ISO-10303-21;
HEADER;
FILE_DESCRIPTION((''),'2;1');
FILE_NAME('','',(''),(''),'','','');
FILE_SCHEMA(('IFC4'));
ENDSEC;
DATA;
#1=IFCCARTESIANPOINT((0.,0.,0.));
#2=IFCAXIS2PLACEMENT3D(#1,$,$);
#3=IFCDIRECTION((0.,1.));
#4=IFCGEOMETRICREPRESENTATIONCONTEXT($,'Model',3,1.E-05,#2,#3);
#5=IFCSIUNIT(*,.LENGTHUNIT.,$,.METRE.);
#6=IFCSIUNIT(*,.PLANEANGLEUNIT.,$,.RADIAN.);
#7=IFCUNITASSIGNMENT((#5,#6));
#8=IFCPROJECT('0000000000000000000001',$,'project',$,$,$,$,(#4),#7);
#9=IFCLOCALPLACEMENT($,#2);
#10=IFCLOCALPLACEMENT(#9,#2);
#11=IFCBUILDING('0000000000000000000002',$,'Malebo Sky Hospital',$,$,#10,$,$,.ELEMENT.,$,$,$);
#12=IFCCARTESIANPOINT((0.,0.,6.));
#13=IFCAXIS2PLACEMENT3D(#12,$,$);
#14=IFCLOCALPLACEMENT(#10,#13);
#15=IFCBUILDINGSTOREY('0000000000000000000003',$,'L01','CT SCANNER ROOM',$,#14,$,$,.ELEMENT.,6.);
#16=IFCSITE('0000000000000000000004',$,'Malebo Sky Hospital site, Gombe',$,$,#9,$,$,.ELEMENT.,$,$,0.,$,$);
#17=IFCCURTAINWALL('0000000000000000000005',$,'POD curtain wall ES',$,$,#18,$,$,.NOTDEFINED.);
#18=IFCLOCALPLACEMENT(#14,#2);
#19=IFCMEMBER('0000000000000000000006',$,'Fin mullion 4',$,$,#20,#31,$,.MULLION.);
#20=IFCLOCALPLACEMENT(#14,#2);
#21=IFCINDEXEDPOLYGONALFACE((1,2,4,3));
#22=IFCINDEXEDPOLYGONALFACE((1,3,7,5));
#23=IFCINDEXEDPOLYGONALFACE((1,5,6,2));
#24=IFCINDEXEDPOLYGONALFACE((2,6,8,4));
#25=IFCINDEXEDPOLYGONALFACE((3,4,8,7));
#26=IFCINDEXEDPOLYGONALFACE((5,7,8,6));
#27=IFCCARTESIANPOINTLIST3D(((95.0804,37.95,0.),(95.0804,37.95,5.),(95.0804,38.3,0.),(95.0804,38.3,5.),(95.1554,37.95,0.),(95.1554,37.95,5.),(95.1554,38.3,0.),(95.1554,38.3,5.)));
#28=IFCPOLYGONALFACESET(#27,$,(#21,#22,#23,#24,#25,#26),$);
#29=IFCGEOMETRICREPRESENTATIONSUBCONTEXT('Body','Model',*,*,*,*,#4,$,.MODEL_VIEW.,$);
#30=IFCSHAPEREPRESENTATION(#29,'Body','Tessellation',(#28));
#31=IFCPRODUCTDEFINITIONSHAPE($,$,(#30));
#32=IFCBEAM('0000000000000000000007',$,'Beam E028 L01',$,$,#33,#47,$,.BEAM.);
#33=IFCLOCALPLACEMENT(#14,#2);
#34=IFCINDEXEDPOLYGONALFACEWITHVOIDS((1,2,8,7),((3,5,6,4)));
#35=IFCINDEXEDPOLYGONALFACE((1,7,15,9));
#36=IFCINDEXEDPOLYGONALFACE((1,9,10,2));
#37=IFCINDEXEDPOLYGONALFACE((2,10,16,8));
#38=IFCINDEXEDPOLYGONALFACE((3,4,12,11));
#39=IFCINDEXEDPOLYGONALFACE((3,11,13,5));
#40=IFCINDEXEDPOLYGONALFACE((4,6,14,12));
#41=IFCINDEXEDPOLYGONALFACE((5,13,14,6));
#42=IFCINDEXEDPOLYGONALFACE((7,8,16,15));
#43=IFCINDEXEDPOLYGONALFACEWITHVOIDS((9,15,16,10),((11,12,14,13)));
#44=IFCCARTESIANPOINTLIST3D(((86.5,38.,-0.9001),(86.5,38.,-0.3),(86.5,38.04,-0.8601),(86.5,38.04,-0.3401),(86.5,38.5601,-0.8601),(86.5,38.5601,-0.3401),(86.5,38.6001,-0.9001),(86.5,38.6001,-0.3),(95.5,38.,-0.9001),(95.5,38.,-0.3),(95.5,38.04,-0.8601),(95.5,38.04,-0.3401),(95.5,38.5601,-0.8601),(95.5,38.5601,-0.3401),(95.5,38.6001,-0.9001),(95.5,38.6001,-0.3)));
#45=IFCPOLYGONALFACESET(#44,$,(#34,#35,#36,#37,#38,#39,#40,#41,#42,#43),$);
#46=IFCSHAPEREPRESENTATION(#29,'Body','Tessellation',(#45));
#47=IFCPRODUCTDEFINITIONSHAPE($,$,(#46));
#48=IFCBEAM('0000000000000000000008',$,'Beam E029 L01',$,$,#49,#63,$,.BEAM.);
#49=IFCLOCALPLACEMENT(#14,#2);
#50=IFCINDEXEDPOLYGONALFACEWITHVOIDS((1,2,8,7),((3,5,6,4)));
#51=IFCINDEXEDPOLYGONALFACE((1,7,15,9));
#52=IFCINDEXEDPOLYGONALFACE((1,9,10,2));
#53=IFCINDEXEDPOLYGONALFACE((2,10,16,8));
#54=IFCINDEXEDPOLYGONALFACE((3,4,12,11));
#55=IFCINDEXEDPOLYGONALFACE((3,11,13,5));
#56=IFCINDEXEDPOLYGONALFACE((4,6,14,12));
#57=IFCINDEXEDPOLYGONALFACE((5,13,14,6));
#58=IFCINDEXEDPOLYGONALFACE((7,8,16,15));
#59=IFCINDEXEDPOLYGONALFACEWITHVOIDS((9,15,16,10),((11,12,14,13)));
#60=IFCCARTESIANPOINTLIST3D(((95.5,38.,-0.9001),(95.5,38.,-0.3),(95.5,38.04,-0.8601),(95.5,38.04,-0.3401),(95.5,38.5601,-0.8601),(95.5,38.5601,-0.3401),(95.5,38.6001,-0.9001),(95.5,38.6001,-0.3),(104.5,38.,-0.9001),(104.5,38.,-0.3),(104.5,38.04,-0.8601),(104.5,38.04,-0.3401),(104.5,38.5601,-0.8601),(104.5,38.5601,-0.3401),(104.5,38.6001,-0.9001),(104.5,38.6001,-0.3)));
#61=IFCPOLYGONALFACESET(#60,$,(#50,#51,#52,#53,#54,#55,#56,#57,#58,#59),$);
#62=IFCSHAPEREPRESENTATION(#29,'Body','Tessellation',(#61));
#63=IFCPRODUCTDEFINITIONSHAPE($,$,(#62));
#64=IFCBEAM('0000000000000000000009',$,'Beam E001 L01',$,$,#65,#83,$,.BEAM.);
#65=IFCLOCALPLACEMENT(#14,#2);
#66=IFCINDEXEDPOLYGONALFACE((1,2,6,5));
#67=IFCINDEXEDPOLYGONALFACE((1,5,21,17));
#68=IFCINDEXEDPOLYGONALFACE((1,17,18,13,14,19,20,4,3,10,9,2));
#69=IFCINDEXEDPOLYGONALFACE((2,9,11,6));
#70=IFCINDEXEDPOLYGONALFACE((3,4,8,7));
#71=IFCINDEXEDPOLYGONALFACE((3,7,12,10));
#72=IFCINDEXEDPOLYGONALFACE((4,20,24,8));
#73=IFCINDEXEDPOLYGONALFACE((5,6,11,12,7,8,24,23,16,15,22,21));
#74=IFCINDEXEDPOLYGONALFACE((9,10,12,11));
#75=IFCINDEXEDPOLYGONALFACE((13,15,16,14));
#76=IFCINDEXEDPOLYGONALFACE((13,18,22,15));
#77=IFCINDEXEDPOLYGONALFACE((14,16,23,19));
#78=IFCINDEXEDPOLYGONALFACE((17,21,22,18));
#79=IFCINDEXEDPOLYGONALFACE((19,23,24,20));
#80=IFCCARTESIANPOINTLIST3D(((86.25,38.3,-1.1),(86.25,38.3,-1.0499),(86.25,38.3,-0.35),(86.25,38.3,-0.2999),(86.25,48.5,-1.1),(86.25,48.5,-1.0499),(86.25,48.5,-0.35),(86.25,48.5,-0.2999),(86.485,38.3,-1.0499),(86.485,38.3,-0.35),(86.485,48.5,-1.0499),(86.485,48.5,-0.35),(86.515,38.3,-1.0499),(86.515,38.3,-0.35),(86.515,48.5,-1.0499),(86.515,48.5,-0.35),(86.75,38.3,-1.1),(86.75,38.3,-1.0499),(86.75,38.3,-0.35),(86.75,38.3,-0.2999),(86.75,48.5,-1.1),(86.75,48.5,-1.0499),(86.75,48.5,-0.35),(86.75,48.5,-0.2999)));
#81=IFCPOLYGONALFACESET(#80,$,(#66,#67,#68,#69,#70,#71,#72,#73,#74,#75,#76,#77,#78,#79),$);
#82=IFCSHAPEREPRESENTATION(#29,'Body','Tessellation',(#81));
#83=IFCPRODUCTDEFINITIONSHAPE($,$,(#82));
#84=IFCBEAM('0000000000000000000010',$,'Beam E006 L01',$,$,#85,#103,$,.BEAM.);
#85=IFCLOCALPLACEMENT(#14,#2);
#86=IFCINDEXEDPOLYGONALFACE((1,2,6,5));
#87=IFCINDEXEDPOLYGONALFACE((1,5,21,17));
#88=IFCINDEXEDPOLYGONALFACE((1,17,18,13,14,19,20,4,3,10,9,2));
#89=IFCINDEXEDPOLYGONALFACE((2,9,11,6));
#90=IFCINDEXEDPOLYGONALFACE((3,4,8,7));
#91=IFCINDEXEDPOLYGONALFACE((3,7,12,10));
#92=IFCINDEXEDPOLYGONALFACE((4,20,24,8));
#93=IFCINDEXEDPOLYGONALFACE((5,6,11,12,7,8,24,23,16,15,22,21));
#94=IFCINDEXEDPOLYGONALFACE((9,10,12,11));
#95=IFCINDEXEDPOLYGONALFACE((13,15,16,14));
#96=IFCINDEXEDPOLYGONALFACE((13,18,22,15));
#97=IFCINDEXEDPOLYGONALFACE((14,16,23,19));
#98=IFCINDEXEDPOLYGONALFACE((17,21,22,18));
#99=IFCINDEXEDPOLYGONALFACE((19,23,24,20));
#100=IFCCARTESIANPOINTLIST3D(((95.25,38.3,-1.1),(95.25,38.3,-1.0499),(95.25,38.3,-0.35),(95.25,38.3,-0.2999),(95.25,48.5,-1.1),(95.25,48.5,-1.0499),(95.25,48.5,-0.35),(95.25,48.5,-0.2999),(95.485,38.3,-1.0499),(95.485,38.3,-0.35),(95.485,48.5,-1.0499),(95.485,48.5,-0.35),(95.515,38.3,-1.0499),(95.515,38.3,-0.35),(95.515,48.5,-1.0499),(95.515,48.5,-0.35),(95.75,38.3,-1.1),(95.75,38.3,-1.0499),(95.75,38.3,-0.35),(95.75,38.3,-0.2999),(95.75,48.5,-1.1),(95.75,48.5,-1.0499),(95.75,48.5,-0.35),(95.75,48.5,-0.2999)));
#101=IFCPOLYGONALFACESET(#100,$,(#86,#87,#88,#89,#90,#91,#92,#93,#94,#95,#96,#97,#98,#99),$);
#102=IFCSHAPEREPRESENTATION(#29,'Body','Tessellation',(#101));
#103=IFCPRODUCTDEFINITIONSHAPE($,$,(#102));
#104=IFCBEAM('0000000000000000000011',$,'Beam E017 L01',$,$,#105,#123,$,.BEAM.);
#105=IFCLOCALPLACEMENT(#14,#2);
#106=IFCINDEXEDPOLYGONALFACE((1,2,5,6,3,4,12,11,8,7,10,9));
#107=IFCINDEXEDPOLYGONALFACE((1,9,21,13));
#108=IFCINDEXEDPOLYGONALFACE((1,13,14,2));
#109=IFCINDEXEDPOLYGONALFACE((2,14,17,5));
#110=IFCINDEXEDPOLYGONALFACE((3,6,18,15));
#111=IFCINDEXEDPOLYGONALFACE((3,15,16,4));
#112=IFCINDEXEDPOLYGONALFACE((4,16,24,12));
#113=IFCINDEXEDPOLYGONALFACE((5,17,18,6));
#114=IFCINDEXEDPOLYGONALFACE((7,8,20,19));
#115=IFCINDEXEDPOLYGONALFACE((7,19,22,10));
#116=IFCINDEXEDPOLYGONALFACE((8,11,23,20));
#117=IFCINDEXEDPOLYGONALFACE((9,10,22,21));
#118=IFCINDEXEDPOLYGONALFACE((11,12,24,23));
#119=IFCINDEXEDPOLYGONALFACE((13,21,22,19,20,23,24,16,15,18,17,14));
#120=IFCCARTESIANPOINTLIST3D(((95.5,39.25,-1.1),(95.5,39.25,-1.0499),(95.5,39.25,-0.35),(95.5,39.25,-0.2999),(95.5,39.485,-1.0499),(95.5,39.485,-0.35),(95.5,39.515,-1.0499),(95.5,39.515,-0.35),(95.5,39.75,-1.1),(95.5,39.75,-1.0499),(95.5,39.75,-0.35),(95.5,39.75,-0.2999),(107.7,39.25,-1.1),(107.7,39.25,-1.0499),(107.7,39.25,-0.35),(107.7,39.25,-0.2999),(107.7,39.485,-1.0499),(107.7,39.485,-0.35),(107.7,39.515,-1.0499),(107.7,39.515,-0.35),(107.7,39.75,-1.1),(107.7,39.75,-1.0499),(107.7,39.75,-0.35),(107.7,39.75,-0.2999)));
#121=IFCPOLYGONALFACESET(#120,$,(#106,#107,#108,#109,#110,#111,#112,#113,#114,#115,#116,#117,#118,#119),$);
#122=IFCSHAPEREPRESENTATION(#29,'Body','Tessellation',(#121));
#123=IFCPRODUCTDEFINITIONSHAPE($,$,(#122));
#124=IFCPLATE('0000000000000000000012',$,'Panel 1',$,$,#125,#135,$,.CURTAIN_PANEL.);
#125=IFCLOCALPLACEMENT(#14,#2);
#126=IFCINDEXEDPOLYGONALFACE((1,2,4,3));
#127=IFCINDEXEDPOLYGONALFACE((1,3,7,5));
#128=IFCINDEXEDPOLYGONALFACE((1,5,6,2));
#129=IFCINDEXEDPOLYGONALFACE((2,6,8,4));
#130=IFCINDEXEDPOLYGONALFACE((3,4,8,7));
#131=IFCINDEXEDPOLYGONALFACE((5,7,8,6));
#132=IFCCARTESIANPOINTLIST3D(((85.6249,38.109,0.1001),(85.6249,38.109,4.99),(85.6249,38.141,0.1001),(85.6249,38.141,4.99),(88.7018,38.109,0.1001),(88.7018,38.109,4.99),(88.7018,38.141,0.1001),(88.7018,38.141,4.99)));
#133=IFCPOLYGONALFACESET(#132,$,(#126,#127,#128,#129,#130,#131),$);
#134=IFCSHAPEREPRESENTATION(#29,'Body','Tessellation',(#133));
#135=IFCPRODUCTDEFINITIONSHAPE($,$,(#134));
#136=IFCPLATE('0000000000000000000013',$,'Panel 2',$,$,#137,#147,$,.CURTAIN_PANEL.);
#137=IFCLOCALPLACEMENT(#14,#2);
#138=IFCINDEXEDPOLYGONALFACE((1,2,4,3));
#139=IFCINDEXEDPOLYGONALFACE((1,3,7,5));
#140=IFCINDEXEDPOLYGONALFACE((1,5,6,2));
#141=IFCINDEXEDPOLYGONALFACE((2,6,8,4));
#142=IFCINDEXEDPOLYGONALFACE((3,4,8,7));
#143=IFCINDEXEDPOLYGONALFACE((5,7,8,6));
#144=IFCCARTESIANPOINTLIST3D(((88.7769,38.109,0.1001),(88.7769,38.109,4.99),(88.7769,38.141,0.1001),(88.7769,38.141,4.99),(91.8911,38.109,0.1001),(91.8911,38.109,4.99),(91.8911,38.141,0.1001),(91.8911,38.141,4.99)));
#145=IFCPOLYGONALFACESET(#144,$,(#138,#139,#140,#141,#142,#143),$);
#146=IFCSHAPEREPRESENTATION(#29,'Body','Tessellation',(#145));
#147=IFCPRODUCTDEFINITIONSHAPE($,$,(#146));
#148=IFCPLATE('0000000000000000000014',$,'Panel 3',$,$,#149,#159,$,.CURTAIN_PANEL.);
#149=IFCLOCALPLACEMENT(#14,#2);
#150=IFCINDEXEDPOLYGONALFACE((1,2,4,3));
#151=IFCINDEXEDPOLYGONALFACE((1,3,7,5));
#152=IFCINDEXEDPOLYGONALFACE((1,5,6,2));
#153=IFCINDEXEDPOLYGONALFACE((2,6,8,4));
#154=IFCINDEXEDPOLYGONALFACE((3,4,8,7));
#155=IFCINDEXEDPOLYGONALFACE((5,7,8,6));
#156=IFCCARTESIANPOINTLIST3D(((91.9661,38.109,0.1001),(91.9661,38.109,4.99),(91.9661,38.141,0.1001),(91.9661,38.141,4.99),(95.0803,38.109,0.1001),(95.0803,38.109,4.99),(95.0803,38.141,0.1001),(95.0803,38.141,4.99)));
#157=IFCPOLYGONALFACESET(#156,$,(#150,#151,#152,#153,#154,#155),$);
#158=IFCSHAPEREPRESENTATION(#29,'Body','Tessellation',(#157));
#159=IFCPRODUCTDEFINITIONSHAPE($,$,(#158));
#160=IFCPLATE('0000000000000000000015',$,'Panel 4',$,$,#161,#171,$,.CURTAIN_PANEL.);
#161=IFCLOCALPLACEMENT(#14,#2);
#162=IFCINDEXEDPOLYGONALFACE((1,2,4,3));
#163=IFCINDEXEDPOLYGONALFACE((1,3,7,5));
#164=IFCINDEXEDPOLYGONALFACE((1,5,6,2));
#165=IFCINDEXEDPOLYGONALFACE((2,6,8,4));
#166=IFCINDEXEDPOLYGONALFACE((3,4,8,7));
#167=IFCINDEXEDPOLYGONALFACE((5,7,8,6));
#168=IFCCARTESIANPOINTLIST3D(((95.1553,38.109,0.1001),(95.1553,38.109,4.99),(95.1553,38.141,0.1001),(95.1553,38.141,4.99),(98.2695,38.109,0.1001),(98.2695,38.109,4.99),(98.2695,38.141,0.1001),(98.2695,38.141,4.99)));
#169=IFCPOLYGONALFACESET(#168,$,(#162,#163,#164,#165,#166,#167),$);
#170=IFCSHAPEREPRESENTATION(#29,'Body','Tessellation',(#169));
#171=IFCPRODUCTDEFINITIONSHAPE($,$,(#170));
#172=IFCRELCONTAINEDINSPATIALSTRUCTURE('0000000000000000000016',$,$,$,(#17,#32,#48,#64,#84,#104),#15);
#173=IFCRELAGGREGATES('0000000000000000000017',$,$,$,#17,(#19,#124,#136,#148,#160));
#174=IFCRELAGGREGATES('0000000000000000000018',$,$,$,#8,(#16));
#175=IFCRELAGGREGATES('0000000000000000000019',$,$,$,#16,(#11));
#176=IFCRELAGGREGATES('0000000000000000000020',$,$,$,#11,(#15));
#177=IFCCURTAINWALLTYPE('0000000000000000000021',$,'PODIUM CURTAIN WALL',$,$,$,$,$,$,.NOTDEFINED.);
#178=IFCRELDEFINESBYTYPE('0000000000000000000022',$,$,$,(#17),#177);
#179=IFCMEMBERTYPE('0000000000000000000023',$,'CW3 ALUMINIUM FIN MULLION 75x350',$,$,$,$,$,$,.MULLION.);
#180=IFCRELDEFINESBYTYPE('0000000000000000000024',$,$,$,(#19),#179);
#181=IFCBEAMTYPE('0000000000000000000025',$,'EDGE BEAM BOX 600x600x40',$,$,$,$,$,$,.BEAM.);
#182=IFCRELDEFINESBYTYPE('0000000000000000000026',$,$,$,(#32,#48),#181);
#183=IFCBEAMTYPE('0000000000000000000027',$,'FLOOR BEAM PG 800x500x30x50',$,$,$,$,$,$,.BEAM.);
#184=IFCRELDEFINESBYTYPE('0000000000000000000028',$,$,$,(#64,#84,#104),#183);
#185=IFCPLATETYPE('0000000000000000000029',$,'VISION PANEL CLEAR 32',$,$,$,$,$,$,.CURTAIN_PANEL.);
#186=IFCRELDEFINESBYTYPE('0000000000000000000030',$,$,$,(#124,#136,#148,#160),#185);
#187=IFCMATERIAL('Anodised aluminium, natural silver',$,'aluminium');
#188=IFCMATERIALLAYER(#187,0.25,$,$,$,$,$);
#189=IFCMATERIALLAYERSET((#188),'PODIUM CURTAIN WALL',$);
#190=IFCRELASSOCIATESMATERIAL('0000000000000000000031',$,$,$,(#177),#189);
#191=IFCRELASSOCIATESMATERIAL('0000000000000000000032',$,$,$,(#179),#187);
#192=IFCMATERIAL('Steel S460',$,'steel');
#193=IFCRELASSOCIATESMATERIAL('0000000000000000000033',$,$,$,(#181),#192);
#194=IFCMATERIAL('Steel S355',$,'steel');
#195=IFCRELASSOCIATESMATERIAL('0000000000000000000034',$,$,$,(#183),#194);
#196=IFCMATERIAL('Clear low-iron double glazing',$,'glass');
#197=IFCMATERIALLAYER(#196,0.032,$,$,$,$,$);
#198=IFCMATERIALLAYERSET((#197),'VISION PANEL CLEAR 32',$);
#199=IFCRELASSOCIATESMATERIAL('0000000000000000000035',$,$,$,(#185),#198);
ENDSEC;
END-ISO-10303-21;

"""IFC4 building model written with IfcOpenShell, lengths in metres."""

from ifc_helpers import new_model, si_unit, direction, frame, origin, origin_2d, place, context, subcontext, project, spatial, rectangle, hollow_rectangle, i_section, extrude, material, layer, layer_set, material_profile, profile_set, type_object, element, aggregate, save


model = new_model("IFC4")

# Units and contexts
model_context = context("Model", 3, precision=1e-05, world=origin(), true_north=direction((0.0, 1.0)))
body_context = subcontext(model_context, "Body", "Model", "MODEL_VIEW")
ifc_project = project(units=[si_unit("LENGTHUNIT", "METRE"), si_unit("PLANEANGLEUNIT", "RADIAN")], contexts=[model_context])

# Site, building, storey
site_placement = place(None, origin())
site = spatial("IfcSite", under=ifc_project, at=site_placement, Name="Malebo Sky Hospital site, Gombe", CompositionType="ELEMENT", RefElevation=0.0)
building_placement = place(site_placement, origin())
building = spatial("IfcBuilding", under=site, at=building_placement, Name="Malebo Sky Hospital", CompositionType="ELEMENT")
storey_placement = place(building_placement, frame((0.0, 0.0, 6.0)))
storey = spatial("IfcBuildingStorey", under=building, at=storey_placement, Name="L01", Description="CT SCANNER ROOM", CompositionType="ELEMENT", Elevation=6.0)

# Shared definitions
ifc_material_1 = material(Name="Steel S460", Category="steel")
ifc_material_2 = material(Name="Steel S355", Category="steel")

# Curtain wall, member
ifc_material_3 = material(Name="Anodised aluminium, natural silver", Category="aluminium")
ifc_layer_1 = layer(ifc_material_3, 0.25)
ifc_layer_set_1 = layer_set([ifc_layer_1], Name="PODIUM CURTAIN WALL")
curtain_wall_type = type_object("IfcCurtainWallType", Name="PODIUM CURTAIN WALL", PredefinedType="NOTDEFINED", material=ifc_layer_set_1)
curtain_wall_placement = place(storey_placement, origin())
curtain_wall = element("IfcCurtainWall", 1, at=curtain_wall_placement, inside=storey, type_object=curtain_wall_type, Name="POD curtain wall ES", PredefinedType="NOTDEFINED")
ifc_material_profile_1 = material_profile(ifc_material_3, rectangle(XDim=0.075, YDim=0.3501, at=origin_2d()), Name="CW3 ALUMINIUM FIN MULLION 75x350")
ifc_profile_set_1 = profile_set([ifc_material_profile_1], Name="Anodised aluminium, natural silver")
member_type_1 = type_object("IfcMemberType", Name="CW3 ALUMINIUM FIN MULLION 75x350", PredefinedType="MULLION", material=ifc_profile_set_1)
member_1_placement = place(storey_placement, frame((95.1179, 38.125, 0.0), z_axis=(0.0, 0.0, 1.0), x_axis=(1.0, 0.0, 0.0)))
member_1 = element("IfcMember", 2, at=member_1_placement, type_object=member_type_1, Name="Fin mullion 4", PredefinedType="MULLION", context=body_context, shape_type="SweptSolid", body=[
    extrude(rectangle(XDim=0.075, YDim=0.3501, at=origin_2d()), origin(), (0.0, 0.0, 1.0), 5.0),
])

# Beams
ifc_material_profile_2 = material_profile(ifc_material_1, hollow_rectangle(XDim=0.6001, YDim=0.6001, WallThickness=0.04, at=origin_2d()), Name="BOX 600x600x40")
ifc_profile_set_2 = profile_set([ifc_material_profile_2], Name="Steel S460")
beam_type_1 = type_object("IfcBeamType", Name="EDGE BEAM BOX 600x600x40", PredefinedType="BEAM", material=ifc_profile_set_2)
for number, where, z_axis, x_axis, name in (
    (3, (86.5, 38.3, -0.6001), (1.0, 0.0, 0.0), (0.0, 1.0, 0.0), "Beam E028 L01"),
    (4, (95.5, 38.3, -0.6001), (1.0, 0.0, 0.0), (0.0, 1.0, 0.0), "Beam E029 L01"),
):
    element("IfcBeam", number, at=place(storey_placement, frame(where, z_axis=z_axis, x_axis=x_axis)), inside=storey, type_object=beam_type_1, Name=name, PredefinedType="BEAM", context=body_context, shape_type="SweptSolid", body=[
        extrude(hollow_rectangle(XDim=0.6001, YDim=0.6001, WallThickness=0.04, at=origin_2d()), origin(), (0.0, 0.0, 1.0), 9.0),
    ])
ifc_material_profile_3 = material_profile(ifc_material_2, i_section(OverallWidth=0.5, OverallDepth=0.8, WebThickness=0.03, FlangeThickness=0.05, at=origin_2d()), Name="PG 800x500x30x50")
ifc_profile_set_3 = profile_set([ifc_material_profile_3], Name="Steel S355")
beam_type_2 = type_object("IfcBeamType", Name="FLOOR BEAM PG 800x500x30x50", PredefinedType="BEAM", material=ifc_profile_set_3)
for number, where, z_axis, x_axis, name in (
    (5, (86.5, 38.3, -0.7), (0.0, 1.0, 0.0), (-1.0, 0.0, 0.0), "Beam E001 L01"),
    (6, (95.5, 38.3, -0.7), (0.0, 1.0, 0.0), (-1.0, 0.0, 0.0), "Beam E006 L01"),
):
    element("IfcBeam", number, at=place(storey_placement, frame(where, z_axis=z_axis, x_axis=x_axis)), inside=storey, type_object=beam_type_2, Name=name, PredefinedType="BEAM", context=body_context, shape_type="SweptSolid", body=[
        extrude(i_section(OverallWidth=0.5, OverallDepth=0.8, WebThickness=0.03, FlangeThickness=0.05, at=origin_2d()), origin(), (0.0, 0.0, 1.0), 10.2),
    ])
beam_placement = place(storey_placement, frame((95.5, 39.5, -0.7), z_axis=(1.0, 0.0, 0.0), x_axis=(0.0, 1.0, 0.0)))
element("IfcBeam", 7, at=beam_placement, inside=storey, type_object=beam_type_2, Name="Beam E017 L01", PredefinedType="BEAM", context=body_context, shape_type="SweptSolid", body=[
    extrude(i_section(OverallWidth=0.5, OverallDepth=0.8, WebThickness=0.03, FlangeThickness=0.05, at=origin_2d()), origin(), (0.0, 0.0, 1.0), 12.2),
])

# Plates
ifc_material_4 = material(Name="Clear low-iron double glazing", Category="glass")
ifc_layer_2 = layer(ifc_material_4, 0.032)
ifc_layer_set_2 = layer_set([ifc_layer_2], Name="VISION PANEL CLEAR 32")
plate_type = type_object("IfcPlateType", Name="VISION PANEL CLEAR 32", PredefinedType="CURTAIN_PANEL", material=ifc_layer_set_2)
plate_1_placement = place(storey_placement, frame((87.1633, 38.125, 0.1001), z_axis=(0.0, 0.0, 1.0), x_axis=(1.0, 0.0, 0.0)))
plate_1 = element("IfcPlate", 8, at=plate_1_placement, type_object=plate_type, Name="Panel 1", PredefinedType="CURTAIN_PANEL", context=body_context, shape_type="SweptSolid", body=[
    extrude(rectangle(XDim=3.0769, YDim=0.032, at=origin_2d()), origin(), (0.0, 0.0, 1.0), 4.8899),
])
plate_2_placement = place(storey_placement, frame((90.334, 38.125, 0.1001), z_axis=(0.0, 0.0, 1.0), x_axis=(1.0, 0.0, 0.0)))
plate_2 = element("IfcPlate", 9, at=plate_2_placement, type_object=plate_type, Name="Panel 2", PredefinedType="CURTAIN_PANEL", context=body_context, shape_type="SweptSolid", body=[
    extrude(rectangle(XDim=3.1143, YDim=0.032, at=origin_2d()), origin(), (0.0, 0.0, 1.0), 4.8899),
])
plate_3_placement = place(storey_placement, frame((93.5232, 38.125, 0.1001), z_axis=(0.0, 0.0, 1.0), x_axis=(1.0, 0.0, 0.0)))
plate_3 = element("IfcPlate", 10, at=plate_3_placement, type_object=plate_type, Name="Panel 3", PredefinedType="CURTAIN_PANEL", context=body_context, shape_type="SweptSolid", body=[
    extrude(rectangle(XDim=3.1143, YDim=0.032, at=origin_2d()), origin(), (0.0, 0.0, 1.0), 4.8899),
])
plate_4_placement = place(storey_placement, frame((96.7124, 38.125, 0.1001), z_axis=(0.0, 0.0, 1.0), x_axis=(1.0, 0.0, 0.0)))
plate_4 = element("IfcPlate", 11, at=plate_4_placement, type_object=plate_type, Name="Panel 4", PredefinedType="CURTAIN_PANEL", context=body_context, shape_type="SweptSolid", body=[
    extrude(rectangle(XDim=3.1143, YDim=0.032, at=origin_2d()), origin(), (0.0, 0.0, 1.0), 4.8899),
])
aggregate(curtain_wall, [member_1, plate_1, plate_2, plate_3, plate_4])

save(model, "model.ifc")
